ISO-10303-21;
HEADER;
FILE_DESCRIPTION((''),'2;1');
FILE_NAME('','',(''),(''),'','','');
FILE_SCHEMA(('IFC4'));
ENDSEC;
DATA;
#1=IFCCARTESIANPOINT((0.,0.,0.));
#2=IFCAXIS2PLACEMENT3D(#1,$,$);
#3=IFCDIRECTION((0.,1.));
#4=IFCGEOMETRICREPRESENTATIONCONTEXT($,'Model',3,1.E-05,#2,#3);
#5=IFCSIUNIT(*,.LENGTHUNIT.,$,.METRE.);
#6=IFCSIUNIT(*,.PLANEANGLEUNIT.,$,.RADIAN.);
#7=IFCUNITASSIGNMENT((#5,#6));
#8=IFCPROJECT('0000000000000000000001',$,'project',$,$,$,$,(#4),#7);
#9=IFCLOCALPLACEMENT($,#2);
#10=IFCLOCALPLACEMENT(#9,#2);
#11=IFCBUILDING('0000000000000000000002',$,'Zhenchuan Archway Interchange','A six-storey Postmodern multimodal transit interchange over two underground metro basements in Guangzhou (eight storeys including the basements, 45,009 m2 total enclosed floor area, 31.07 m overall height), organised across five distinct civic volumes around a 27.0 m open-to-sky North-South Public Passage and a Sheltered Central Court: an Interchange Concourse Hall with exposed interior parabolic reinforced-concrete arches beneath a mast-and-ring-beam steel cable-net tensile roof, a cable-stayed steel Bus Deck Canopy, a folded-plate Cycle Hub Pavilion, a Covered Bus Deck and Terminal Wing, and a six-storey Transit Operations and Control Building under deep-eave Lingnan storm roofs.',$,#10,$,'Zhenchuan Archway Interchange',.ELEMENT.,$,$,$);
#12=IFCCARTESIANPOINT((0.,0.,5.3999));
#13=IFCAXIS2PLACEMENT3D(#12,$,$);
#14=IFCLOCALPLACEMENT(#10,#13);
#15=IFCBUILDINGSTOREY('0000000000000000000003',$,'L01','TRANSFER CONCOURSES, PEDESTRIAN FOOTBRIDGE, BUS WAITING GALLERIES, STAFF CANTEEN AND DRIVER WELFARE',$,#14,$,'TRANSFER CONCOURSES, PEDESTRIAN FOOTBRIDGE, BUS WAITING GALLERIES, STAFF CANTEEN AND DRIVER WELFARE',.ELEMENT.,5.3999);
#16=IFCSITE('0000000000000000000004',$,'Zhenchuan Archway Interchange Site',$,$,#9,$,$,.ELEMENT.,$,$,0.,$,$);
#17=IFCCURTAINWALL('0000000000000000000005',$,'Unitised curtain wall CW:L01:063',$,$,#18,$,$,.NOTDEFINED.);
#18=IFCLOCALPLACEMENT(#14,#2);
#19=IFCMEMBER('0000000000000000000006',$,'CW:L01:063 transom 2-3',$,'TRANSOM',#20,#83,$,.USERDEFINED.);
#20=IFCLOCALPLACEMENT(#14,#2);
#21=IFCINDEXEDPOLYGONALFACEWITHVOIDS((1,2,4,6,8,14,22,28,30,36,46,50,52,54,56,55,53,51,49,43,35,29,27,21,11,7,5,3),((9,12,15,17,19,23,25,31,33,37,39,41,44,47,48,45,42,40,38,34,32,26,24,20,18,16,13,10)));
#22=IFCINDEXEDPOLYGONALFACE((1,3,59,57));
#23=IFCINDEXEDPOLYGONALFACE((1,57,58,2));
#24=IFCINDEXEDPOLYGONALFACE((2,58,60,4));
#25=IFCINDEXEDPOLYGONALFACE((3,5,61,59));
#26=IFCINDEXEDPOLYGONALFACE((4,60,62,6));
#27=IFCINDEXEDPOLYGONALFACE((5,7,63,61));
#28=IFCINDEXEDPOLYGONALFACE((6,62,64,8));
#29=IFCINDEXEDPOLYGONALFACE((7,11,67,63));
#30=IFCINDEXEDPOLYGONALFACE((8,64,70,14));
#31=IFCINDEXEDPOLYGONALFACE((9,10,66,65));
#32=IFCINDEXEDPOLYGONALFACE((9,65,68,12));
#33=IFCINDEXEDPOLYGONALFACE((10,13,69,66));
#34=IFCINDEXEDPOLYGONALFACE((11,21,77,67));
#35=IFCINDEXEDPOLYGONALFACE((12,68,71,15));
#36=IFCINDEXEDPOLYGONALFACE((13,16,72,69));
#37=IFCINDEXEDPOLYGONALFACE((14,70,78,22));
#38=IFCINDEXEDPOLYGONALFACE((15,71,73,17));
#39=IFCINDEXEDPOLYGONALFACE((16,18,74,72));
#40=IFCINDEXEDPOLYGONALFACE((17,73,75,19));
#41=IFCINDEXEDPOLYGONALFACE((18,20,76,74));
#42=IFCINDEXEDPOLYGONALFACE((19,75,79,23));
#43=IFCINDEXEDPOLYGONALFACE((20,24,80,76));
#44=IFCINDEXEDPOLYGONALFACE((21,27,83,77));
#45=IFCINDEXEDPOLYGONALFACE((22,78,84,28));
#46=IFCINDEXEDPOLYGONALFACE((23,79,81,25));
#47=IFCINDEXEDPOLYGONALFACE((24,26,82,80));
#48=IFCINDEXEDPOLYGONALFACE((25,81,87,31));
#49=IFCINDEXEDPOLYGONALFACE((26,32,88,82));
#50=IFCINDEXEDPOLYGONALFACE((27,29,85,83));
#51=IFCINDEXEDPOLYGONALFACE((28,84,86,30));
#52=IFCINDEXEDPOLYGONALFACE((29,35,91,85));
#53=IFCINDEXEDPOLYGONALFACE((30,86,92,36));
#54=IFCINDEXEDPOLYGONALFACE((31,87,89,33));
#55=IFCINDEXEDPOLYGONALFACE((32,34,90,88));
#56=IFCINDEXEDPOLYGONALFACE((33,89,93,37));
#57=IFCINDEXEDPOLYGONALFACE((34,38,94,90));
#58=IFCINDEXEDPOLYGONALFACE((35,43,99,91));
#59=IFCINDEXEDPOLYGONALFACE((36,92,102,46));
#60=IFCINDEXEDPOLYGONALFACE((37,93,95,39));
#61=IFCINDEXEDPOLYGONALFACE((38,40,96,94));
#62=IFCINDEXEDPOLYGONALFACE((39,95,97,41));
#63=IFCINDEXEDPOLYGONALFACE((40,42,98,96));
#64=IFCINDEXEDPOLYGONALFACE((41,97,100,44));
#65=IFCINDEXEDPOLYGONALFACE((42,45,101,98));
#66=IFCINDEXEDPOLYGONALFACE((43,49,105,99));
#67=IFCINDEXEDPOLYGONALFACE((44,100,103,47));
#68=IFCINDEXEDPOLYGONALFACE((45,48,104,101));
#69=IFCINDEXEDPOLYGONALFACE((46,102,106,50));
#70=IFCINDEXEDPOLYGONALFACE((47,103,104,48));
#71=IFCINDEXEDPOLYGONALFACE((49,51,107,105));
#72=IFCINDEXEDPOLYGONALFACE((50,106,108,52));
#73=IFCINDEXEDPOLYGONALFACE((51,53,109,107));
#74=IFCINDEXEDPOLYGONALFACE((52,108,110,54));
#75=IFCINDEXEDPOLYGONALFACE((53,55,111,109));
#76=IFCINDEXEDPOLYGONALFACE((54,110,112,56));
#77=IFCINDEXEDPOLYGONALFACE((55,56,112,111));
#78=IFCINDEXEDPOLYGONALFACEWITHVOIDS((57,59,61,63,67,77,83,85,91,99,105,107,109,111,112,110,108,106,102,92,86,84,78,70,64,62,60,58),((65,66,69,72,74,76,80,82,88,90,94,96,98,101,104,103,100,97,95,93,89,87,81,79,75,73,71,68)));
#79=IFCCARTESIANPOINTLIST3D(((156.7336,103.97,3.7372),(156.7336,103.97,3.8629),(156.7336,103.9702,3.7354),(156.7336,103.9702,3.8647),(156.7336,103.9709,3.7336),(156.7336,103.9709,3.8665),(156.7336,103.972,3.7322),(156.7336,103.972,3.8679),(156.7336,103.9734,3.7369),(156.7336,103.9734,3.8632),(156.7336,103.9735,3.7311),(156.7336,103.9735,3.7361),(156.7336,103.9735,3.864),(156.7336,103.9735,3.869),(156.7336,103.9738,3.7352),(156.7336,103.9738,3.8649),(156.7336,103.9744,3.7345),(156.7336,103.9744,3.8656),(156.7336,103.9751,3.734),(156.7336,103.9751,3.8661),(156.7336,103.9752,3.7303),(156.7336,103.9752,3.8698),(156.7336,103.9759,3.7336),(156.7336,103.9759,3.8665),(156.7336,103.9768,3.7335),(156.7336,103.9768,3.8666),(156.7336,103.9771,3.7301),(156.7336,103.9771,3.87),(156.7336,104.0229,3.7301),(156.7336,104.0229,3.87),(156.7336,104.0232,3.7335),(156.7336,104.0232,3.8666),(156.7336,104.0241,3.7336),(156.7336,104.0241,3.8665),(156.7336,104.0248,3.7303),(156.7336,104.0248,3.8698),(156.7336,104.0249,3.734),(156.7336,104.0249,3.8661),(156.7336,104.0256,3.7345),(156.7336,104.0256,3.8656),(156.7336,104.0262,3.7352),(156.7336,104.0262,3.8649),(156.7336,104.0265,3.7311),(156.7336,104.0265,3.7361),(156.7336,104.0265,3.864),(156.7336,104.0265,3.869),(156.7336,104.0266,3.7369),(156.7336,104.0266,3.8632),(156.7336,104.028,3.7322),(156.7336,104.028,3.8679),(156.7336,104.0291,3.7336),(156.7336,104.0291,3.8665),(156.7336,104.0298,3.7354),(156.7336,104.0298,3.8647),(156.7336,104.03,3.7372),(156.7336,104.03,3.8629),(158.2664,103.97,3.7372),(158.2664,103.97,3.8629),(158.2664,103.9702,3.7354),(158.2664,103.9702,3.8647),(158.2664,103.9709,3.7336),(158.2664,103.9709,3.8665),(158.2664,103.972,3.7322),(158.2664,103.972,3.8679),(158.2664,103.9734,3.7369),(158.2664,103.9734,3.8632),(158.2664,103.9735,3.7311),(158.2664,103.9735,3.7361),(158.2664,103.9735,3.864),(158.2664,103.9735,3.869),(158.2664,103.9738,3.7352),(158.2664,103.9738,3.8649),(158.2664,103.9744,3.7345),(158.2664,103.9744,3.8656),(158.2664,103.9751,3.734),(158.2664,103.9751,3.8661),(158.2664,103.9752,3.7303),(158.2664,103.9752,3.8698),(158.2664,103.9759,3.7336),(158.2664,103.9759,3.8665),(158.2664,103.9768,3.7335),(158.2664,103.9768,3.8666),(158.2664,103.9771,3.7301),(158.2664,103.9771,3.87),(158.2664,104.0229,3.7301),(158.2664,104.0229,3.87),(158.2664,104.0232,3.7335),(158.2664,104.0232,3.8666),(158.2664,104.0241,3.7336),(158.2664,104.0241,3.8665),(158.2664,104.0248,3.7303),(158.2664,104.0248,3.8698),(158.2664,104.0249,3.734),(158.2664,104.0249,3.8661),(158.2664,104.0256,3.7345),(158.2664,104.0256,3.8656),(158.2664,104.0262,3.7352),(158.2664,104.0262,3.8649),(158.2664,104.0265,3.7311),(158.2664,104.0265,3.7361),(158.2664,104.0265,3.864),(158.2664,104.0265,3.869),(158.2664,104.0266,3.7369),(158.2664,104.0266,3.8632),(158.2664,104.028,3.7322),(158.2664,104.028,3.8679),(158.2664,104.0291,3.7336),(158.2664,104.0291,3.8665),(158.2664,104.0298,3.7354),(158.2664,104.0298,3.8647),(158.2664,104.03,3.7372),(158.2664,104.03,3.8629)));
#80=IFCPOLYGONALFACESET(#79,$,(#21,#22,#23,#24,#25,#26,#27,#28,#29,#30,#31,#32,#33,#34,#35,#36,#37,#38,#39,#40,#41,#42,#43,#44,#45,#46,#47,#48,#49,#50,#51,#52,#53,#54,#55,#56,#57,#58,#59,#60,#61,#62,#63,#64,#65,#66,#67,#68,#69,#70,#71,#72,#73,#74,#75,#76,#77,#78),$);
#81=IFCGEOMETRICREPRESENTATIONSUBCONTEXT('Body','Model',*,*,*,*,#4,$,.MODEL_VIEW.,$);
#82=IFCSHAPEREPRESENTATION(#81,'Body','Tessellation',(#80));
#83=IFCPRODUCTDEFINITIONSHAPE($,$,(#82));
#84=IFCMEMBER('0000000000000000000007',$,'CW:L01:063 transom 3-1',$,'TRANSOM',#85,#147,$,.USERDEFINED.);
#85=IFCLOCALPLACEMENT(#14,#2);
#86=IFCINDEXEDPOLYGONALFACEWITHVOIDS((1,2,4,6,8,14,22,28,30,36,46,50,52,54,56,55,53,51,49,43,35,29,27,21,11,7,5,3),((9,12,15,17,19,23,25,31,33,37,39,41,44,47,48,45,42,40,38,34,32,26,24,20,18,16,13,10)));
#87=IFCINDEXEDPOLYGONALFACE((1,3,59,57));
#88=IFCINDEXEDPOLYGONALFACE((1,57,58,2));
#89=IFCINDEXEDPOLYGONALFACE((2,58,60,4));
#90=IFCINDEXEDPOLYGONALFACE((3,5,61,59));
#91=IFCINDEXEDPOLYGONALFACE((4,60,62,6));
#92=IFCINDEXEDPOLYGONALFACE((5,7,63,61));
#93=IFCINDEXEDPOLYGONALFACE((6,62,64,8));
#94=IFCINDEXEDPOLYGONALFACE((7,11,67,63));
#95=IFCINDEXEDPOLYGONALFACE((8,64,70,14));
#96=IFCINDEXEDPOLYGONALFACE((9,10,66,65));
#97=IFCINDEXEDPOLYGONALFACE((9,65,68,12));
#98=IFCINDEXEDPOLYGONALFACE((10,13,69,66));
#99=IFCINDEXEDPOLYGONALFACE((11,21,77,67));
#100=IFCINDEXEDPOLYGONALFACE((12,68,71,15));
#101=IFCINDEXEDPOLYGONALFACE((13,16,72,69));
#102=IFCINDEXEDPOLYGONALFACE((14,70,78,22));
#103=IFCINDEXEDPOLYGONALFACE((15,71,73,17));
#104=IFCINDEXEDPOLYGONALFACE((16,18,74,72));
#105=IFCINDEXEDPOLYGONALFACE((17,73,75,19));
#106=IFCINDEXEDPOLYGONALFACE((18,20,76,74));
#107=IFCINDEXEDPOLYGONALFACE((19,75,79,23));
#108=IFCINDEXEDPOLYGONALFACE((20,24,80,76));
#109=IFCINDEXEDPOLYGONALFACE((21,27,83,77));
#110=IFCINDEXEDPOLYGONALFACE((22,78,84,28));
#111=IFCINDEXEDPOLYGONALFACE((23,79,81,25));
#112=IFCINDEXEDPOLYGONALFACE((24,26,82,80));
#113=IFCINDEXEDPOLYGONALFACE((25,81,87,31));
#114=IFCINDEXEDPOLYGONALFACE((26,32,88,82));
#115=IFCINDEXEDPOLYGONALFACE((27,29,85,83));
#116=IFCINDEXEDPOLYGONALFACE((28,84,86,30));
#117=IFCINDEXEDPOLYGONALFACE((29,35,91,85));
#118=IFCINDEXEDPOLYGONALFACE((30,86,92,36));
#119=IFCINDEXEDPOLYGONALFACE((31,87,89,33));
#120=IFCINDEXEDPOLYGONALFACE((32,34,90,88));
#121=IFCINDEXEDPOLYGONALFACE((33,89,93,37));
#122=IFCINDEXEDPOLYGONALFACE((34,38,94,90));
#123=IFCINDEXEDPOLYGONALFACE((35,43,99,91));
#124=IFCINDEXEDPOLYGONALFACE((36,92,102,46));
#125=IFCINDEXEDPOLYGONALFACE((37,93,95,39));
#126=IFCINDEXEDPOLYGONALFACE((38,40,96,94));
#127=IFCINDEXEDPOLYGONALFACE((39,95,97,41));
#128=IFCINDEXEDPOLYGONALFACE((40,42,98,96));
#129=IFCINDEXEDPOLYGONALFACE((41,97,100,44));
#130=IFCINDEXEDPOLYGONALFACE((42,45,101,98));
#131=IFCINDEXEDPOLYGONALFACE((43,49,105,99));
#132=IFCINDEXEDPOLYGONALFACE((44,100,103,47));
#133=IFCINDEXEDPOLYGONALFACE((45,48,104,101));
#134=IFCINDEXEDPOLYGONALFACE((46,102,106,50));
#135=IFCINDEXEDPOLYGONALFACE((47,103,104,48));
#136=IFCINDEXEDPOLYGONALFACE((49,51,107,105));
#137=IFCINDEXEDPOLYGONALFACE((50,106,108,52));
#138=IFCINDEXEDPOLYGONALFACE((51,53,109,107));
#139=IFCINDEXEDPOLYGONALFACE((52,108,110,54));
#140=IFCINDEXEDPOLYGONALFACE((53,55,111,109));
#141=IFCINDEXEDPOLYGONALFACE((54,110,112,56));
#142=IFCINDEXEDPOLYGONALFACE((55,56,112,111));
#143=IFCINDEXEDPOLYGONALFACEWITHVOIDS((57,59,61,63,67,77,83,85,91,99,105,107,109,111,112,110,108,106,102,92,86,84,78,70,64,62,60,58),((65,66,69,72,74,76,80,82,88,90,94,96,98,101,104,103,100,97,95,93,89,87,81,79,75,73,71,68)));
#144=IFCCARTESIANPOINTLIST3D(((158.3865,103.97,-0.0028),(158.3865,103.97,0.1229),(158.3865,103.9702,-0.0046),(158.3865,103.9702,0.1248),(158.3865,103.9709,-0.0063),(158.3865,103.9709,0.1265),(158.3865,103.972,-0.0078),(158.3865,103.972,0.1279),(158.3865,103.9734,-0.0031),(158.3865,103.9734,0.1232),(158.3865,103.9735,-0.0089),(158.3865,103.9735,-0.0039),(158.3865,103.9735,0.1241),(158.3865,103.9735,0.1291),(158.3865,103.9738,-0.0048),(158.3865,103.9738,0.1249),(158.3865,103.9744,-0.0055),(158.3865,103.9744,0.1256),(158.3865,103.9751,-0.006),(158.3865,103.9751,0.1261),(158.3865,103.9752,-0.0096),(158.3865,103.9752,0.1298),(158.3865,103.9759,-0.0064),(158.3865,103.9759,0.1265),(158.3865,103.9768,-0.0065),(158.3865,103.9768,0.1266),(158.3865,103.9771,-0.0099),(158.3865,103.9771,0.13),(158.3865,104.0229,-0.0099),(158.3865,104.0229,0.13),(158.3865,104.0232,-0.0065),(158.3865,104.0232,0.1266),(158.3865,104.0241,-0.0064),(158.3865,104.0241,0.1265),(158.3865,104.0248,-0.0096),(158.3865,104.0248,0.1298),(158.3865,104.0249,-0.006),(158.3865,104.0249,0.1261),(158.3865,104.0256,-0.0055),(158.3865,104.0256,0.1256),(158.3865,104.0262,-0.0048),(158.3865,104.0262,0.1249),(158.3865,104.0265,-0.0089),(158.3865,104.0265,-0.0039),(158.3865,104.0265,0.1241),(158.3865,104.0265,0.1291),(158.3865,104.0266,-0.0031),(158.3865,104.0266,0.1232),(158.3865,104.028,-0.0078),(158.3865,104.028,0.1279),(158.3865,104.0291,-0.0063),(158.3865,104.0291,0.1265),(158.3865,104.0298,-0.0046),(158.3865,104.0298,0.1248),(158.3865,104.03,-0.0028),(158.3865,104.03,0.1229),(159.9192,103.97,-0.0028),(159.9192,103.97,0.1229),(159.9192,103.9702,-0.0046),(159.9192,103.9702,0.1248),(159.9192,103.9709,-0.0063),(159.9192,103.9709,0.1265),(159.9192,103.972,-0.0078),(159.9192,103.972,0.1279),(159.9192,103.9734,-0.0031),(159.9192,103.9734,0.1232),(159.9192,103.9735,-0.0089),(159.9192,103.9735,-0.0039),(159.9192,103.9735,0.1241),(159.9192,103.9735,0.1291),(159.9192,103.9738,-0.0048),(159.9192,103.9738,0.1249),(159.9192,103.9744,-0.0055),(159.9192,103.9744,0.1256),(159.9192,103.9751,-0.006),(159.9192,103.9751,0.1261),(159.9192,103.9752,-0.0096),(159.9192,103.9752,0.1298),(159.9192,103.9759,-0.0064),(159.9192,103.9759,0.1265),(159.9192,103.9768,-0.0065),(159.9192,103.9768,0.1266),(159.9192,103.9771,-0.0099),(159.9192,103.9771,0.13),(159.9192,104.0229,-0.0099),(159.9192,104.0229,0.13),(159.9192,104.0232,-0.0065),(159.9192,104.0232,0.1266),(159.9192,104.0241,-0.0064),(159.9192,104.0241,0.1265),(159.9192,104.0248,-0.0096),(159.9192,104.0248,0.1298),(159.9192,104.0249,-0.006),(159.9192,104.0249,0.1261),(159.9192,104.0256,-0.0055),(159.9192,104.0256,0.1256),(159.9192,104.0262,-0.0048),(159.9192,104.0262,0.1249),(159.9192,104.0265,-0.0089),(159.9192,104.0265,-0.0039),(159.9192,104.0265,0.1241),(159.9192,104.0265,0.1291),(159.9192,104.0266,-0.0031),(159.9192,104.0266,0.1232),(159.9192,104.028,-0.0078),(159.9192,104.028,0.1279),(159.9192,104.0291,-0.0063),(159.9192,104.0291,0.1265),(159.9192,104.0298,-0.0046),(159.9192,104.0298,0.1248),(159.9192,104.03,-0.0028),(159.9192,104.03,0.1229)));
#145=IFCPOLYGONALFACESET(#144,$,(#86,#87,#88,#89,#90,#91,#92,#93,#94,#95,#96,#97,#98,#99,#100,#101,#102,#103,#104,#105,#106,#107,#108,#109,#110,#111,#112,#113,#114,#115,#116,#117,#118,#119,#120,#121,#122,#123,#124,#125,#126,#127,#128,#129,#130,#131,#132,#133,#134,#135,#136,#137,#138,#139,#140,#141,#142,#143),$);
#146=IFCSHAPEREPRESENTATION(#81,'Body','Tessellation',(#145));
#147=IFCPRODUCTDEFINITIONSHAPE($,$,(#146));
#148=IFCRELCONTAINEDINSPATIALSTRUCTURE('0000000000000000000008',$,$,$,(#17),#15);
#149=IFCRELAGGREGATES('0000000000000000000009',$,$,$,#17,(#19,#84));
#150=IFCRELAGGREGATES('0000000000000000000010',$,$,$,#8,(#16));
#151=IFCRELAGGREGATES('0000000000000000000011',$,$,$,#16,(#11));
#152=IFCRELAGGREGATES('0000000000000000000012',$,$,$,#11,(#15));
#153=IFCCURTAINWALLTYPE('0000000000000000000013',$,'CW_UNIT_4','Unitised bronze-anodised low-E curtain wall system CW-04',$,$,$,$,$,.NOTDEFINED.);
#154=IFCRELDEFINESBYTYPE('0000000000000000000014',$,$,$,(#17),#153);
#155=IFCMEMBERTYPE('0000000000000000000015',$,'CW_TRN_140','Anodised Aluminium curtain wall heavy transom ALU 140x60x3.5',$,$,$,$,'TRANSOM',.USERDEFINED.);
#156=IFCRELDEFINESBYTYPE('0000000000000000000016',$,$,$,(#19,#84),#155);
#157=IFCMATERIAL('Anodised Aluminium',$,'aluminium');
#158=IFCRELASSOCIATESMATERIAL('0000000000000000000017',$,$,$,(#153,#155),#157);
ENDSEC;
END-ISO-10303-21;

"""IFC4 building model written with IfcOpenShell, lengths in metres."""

from ifc_helpers import new_model, si_unit, direction, frame, origin, origin_2d, place, context, subcontext, project, spatial, hollow_rectangle, extrude, material, material_profile, profile_set, type_object, element, aggregate, save


model = new_model("IFC4")

# Units and contexts
model_context = context("Model", 3, precision=1e-05, world=origin(), true_north=direction((0.0, 1.0)))
body_context = subcontext(model_context, "Body", "Model", "MODEL_VIEW")
ifc_project = project(units=[si_unit("LENGTHUNIT", "METRE"), si_unit("PLANEANGLEUNIT", "RADIAN")], contexts=[model_context])

# Site, building, storey
site_placement = place(None, origin())
site = spatial("IfcSite", under=ifc_project, at=site_placement, Name="Zhenchuan Archway Interchange Site", CompositionType="ELEMENT", RefElevation=0.0)
building_placement = place(site_placement, origin())
building = spatial("IfcBuilding", under=site, at=building_placement, Name="Zhenchuan Archway Interchange", Description="A six-storey Postmodern multimodal transit interchange over two underground metro basements in Guangzhou (eight storeys including the basements, 45,009 m2 total enclosed floor area, 31.07 m overall height), organised across five distinct civic volumes around a 27.0 m open-to-sky North-South Public Passage and a Sheltered Central Court: an Interchange Concourse Hall with exposed interior parabolic reinforced-concrete arches beneath a mast-and-ring-beam steel cable-net tensile roof, a cable-stayed steel Bus Deck Canopy, a folded-plate Cycle Hub Pavilion, a Covered Bus Deck and Terminal Wing, and a six-storey Transit Operations and Control Building under deep-eave Lingnan storm roofs.", LongName="Zhenchuan Archway Interchange", CompositionType="ELEMENT")
storey_placement = place(building_placement, frame((0.0, 0.0, 5.3999)))
storey = spatial("IfcBuildingStorey", under=building, at=storey_placement, Name="L01", Description="TRANSFER CONCOURSES, PEDESTRIAN FOOTBRIDGE, BUS WAITING GALLERIES, STAFF CANTEEN AND DRIVER WELFARE", LongName="TRANSFER CONCOURSES, PEDESTRIAN FOOTBRIDGE, BUS WAITING GALLERIES, STAFF CANTEEN AND DRIVER WELFARE", CompositionType="ELEMENT", Elevation=5.3999)

# Curtain wall, members
ifc_material_1 = material(Name="Anodised Aluminium", Category="aluminium")
curtain_wall_type = type_object("IfcCurtainWallType", Name="CW_UNIT_4", Description="Unitised bronze-anodised low-E curtain wall system CW-04", PredefinedType="NOTDEFINED", material=ifc_material_1)
curtain_wall_placement = place(storey_placement, origin())
curtain_wall = element("IfcCurtainWall", 1, at=curtain_wall_placement, inside=storey, type_object=curtain_wall_type, Name="Unitised curtain wall CW:L01:063", PredefinedType="NOTDEFINED")
ifc_material_profile_1 = material_profile(ifc_material_1, hollow_rectangle(XDim=0.0601, YDim=0.1399, WallThickness=0.0034, InnerFilletRadius=0.0034, OuterFilletRadius=0.0071, at=origin_2d()), Name="ALU 140x60x3.5")
ifc_profile_set_1 = profile_set([ifc_material_profile_1], Name="Anodised Aluminium")
member_type_1 = type_object("IfcMemberType", Name="CW_TRN_140", Description="Anodised Aluminium curtain wall heavy transom ALU 140x60x3.5", ElementType="TRANSOM", PredefinedType="USERDEFINED", material=ifc_profile_set_1)
member_1_placement = place(storey_placement, frame((156.7336, 104.0, 3.8), z_axis=(1.0, 0.0, 0.0), x_axis=(0.0, 1.0, 0.0)))
member_1 = element("IfcMember", 2, at=member_1_placement, type_object=member_type_1, Name="CW:L01:063 transom 2-3", ObjectType="TRANSOM", PredefinedType="USERDEFINED", context=body_context, shape_type="SweptSolid", body=[
    extrude(hollow_rectangle(XDim=0.0601, YDim=0.1399, WallThickness=0.0034, InnerFilletRadius=0.0034, OuterFilletRadius=0.0071, at=origin_2d()), origin(), (0.0, 0.0, 1.0), 1.5327),
])
member_2_placement = place(storey_placement, frame((158.3865, 104.0, 0.0601), z_axis=(1.0, 0.0, 0.0), x_axis=(0.0, 1.0, 0.0)))
member_2 = element("IfcMember", 3, at=member_2_placement, type_object=member_type_1, Name="CW:L01:063 transom 3-1", ObjectType="TRANSOM", PredefinedType="USERDEFINED", context=body_context, shape_type="SweptSolid", body=[
    extrude(hollow_rectangle(XDim=0.0601, YDim=0.1399, WallThickness=0.0034, InnerFilletRadius=0.0034, OuterFilletRadius=0.0071, at=origin_2d()), origin(), (0.0, 0.0, 1.0), 1.5327),
])
aggregate(curtain_wall, [member_1, member_2])

save(model, "model.ifc")
